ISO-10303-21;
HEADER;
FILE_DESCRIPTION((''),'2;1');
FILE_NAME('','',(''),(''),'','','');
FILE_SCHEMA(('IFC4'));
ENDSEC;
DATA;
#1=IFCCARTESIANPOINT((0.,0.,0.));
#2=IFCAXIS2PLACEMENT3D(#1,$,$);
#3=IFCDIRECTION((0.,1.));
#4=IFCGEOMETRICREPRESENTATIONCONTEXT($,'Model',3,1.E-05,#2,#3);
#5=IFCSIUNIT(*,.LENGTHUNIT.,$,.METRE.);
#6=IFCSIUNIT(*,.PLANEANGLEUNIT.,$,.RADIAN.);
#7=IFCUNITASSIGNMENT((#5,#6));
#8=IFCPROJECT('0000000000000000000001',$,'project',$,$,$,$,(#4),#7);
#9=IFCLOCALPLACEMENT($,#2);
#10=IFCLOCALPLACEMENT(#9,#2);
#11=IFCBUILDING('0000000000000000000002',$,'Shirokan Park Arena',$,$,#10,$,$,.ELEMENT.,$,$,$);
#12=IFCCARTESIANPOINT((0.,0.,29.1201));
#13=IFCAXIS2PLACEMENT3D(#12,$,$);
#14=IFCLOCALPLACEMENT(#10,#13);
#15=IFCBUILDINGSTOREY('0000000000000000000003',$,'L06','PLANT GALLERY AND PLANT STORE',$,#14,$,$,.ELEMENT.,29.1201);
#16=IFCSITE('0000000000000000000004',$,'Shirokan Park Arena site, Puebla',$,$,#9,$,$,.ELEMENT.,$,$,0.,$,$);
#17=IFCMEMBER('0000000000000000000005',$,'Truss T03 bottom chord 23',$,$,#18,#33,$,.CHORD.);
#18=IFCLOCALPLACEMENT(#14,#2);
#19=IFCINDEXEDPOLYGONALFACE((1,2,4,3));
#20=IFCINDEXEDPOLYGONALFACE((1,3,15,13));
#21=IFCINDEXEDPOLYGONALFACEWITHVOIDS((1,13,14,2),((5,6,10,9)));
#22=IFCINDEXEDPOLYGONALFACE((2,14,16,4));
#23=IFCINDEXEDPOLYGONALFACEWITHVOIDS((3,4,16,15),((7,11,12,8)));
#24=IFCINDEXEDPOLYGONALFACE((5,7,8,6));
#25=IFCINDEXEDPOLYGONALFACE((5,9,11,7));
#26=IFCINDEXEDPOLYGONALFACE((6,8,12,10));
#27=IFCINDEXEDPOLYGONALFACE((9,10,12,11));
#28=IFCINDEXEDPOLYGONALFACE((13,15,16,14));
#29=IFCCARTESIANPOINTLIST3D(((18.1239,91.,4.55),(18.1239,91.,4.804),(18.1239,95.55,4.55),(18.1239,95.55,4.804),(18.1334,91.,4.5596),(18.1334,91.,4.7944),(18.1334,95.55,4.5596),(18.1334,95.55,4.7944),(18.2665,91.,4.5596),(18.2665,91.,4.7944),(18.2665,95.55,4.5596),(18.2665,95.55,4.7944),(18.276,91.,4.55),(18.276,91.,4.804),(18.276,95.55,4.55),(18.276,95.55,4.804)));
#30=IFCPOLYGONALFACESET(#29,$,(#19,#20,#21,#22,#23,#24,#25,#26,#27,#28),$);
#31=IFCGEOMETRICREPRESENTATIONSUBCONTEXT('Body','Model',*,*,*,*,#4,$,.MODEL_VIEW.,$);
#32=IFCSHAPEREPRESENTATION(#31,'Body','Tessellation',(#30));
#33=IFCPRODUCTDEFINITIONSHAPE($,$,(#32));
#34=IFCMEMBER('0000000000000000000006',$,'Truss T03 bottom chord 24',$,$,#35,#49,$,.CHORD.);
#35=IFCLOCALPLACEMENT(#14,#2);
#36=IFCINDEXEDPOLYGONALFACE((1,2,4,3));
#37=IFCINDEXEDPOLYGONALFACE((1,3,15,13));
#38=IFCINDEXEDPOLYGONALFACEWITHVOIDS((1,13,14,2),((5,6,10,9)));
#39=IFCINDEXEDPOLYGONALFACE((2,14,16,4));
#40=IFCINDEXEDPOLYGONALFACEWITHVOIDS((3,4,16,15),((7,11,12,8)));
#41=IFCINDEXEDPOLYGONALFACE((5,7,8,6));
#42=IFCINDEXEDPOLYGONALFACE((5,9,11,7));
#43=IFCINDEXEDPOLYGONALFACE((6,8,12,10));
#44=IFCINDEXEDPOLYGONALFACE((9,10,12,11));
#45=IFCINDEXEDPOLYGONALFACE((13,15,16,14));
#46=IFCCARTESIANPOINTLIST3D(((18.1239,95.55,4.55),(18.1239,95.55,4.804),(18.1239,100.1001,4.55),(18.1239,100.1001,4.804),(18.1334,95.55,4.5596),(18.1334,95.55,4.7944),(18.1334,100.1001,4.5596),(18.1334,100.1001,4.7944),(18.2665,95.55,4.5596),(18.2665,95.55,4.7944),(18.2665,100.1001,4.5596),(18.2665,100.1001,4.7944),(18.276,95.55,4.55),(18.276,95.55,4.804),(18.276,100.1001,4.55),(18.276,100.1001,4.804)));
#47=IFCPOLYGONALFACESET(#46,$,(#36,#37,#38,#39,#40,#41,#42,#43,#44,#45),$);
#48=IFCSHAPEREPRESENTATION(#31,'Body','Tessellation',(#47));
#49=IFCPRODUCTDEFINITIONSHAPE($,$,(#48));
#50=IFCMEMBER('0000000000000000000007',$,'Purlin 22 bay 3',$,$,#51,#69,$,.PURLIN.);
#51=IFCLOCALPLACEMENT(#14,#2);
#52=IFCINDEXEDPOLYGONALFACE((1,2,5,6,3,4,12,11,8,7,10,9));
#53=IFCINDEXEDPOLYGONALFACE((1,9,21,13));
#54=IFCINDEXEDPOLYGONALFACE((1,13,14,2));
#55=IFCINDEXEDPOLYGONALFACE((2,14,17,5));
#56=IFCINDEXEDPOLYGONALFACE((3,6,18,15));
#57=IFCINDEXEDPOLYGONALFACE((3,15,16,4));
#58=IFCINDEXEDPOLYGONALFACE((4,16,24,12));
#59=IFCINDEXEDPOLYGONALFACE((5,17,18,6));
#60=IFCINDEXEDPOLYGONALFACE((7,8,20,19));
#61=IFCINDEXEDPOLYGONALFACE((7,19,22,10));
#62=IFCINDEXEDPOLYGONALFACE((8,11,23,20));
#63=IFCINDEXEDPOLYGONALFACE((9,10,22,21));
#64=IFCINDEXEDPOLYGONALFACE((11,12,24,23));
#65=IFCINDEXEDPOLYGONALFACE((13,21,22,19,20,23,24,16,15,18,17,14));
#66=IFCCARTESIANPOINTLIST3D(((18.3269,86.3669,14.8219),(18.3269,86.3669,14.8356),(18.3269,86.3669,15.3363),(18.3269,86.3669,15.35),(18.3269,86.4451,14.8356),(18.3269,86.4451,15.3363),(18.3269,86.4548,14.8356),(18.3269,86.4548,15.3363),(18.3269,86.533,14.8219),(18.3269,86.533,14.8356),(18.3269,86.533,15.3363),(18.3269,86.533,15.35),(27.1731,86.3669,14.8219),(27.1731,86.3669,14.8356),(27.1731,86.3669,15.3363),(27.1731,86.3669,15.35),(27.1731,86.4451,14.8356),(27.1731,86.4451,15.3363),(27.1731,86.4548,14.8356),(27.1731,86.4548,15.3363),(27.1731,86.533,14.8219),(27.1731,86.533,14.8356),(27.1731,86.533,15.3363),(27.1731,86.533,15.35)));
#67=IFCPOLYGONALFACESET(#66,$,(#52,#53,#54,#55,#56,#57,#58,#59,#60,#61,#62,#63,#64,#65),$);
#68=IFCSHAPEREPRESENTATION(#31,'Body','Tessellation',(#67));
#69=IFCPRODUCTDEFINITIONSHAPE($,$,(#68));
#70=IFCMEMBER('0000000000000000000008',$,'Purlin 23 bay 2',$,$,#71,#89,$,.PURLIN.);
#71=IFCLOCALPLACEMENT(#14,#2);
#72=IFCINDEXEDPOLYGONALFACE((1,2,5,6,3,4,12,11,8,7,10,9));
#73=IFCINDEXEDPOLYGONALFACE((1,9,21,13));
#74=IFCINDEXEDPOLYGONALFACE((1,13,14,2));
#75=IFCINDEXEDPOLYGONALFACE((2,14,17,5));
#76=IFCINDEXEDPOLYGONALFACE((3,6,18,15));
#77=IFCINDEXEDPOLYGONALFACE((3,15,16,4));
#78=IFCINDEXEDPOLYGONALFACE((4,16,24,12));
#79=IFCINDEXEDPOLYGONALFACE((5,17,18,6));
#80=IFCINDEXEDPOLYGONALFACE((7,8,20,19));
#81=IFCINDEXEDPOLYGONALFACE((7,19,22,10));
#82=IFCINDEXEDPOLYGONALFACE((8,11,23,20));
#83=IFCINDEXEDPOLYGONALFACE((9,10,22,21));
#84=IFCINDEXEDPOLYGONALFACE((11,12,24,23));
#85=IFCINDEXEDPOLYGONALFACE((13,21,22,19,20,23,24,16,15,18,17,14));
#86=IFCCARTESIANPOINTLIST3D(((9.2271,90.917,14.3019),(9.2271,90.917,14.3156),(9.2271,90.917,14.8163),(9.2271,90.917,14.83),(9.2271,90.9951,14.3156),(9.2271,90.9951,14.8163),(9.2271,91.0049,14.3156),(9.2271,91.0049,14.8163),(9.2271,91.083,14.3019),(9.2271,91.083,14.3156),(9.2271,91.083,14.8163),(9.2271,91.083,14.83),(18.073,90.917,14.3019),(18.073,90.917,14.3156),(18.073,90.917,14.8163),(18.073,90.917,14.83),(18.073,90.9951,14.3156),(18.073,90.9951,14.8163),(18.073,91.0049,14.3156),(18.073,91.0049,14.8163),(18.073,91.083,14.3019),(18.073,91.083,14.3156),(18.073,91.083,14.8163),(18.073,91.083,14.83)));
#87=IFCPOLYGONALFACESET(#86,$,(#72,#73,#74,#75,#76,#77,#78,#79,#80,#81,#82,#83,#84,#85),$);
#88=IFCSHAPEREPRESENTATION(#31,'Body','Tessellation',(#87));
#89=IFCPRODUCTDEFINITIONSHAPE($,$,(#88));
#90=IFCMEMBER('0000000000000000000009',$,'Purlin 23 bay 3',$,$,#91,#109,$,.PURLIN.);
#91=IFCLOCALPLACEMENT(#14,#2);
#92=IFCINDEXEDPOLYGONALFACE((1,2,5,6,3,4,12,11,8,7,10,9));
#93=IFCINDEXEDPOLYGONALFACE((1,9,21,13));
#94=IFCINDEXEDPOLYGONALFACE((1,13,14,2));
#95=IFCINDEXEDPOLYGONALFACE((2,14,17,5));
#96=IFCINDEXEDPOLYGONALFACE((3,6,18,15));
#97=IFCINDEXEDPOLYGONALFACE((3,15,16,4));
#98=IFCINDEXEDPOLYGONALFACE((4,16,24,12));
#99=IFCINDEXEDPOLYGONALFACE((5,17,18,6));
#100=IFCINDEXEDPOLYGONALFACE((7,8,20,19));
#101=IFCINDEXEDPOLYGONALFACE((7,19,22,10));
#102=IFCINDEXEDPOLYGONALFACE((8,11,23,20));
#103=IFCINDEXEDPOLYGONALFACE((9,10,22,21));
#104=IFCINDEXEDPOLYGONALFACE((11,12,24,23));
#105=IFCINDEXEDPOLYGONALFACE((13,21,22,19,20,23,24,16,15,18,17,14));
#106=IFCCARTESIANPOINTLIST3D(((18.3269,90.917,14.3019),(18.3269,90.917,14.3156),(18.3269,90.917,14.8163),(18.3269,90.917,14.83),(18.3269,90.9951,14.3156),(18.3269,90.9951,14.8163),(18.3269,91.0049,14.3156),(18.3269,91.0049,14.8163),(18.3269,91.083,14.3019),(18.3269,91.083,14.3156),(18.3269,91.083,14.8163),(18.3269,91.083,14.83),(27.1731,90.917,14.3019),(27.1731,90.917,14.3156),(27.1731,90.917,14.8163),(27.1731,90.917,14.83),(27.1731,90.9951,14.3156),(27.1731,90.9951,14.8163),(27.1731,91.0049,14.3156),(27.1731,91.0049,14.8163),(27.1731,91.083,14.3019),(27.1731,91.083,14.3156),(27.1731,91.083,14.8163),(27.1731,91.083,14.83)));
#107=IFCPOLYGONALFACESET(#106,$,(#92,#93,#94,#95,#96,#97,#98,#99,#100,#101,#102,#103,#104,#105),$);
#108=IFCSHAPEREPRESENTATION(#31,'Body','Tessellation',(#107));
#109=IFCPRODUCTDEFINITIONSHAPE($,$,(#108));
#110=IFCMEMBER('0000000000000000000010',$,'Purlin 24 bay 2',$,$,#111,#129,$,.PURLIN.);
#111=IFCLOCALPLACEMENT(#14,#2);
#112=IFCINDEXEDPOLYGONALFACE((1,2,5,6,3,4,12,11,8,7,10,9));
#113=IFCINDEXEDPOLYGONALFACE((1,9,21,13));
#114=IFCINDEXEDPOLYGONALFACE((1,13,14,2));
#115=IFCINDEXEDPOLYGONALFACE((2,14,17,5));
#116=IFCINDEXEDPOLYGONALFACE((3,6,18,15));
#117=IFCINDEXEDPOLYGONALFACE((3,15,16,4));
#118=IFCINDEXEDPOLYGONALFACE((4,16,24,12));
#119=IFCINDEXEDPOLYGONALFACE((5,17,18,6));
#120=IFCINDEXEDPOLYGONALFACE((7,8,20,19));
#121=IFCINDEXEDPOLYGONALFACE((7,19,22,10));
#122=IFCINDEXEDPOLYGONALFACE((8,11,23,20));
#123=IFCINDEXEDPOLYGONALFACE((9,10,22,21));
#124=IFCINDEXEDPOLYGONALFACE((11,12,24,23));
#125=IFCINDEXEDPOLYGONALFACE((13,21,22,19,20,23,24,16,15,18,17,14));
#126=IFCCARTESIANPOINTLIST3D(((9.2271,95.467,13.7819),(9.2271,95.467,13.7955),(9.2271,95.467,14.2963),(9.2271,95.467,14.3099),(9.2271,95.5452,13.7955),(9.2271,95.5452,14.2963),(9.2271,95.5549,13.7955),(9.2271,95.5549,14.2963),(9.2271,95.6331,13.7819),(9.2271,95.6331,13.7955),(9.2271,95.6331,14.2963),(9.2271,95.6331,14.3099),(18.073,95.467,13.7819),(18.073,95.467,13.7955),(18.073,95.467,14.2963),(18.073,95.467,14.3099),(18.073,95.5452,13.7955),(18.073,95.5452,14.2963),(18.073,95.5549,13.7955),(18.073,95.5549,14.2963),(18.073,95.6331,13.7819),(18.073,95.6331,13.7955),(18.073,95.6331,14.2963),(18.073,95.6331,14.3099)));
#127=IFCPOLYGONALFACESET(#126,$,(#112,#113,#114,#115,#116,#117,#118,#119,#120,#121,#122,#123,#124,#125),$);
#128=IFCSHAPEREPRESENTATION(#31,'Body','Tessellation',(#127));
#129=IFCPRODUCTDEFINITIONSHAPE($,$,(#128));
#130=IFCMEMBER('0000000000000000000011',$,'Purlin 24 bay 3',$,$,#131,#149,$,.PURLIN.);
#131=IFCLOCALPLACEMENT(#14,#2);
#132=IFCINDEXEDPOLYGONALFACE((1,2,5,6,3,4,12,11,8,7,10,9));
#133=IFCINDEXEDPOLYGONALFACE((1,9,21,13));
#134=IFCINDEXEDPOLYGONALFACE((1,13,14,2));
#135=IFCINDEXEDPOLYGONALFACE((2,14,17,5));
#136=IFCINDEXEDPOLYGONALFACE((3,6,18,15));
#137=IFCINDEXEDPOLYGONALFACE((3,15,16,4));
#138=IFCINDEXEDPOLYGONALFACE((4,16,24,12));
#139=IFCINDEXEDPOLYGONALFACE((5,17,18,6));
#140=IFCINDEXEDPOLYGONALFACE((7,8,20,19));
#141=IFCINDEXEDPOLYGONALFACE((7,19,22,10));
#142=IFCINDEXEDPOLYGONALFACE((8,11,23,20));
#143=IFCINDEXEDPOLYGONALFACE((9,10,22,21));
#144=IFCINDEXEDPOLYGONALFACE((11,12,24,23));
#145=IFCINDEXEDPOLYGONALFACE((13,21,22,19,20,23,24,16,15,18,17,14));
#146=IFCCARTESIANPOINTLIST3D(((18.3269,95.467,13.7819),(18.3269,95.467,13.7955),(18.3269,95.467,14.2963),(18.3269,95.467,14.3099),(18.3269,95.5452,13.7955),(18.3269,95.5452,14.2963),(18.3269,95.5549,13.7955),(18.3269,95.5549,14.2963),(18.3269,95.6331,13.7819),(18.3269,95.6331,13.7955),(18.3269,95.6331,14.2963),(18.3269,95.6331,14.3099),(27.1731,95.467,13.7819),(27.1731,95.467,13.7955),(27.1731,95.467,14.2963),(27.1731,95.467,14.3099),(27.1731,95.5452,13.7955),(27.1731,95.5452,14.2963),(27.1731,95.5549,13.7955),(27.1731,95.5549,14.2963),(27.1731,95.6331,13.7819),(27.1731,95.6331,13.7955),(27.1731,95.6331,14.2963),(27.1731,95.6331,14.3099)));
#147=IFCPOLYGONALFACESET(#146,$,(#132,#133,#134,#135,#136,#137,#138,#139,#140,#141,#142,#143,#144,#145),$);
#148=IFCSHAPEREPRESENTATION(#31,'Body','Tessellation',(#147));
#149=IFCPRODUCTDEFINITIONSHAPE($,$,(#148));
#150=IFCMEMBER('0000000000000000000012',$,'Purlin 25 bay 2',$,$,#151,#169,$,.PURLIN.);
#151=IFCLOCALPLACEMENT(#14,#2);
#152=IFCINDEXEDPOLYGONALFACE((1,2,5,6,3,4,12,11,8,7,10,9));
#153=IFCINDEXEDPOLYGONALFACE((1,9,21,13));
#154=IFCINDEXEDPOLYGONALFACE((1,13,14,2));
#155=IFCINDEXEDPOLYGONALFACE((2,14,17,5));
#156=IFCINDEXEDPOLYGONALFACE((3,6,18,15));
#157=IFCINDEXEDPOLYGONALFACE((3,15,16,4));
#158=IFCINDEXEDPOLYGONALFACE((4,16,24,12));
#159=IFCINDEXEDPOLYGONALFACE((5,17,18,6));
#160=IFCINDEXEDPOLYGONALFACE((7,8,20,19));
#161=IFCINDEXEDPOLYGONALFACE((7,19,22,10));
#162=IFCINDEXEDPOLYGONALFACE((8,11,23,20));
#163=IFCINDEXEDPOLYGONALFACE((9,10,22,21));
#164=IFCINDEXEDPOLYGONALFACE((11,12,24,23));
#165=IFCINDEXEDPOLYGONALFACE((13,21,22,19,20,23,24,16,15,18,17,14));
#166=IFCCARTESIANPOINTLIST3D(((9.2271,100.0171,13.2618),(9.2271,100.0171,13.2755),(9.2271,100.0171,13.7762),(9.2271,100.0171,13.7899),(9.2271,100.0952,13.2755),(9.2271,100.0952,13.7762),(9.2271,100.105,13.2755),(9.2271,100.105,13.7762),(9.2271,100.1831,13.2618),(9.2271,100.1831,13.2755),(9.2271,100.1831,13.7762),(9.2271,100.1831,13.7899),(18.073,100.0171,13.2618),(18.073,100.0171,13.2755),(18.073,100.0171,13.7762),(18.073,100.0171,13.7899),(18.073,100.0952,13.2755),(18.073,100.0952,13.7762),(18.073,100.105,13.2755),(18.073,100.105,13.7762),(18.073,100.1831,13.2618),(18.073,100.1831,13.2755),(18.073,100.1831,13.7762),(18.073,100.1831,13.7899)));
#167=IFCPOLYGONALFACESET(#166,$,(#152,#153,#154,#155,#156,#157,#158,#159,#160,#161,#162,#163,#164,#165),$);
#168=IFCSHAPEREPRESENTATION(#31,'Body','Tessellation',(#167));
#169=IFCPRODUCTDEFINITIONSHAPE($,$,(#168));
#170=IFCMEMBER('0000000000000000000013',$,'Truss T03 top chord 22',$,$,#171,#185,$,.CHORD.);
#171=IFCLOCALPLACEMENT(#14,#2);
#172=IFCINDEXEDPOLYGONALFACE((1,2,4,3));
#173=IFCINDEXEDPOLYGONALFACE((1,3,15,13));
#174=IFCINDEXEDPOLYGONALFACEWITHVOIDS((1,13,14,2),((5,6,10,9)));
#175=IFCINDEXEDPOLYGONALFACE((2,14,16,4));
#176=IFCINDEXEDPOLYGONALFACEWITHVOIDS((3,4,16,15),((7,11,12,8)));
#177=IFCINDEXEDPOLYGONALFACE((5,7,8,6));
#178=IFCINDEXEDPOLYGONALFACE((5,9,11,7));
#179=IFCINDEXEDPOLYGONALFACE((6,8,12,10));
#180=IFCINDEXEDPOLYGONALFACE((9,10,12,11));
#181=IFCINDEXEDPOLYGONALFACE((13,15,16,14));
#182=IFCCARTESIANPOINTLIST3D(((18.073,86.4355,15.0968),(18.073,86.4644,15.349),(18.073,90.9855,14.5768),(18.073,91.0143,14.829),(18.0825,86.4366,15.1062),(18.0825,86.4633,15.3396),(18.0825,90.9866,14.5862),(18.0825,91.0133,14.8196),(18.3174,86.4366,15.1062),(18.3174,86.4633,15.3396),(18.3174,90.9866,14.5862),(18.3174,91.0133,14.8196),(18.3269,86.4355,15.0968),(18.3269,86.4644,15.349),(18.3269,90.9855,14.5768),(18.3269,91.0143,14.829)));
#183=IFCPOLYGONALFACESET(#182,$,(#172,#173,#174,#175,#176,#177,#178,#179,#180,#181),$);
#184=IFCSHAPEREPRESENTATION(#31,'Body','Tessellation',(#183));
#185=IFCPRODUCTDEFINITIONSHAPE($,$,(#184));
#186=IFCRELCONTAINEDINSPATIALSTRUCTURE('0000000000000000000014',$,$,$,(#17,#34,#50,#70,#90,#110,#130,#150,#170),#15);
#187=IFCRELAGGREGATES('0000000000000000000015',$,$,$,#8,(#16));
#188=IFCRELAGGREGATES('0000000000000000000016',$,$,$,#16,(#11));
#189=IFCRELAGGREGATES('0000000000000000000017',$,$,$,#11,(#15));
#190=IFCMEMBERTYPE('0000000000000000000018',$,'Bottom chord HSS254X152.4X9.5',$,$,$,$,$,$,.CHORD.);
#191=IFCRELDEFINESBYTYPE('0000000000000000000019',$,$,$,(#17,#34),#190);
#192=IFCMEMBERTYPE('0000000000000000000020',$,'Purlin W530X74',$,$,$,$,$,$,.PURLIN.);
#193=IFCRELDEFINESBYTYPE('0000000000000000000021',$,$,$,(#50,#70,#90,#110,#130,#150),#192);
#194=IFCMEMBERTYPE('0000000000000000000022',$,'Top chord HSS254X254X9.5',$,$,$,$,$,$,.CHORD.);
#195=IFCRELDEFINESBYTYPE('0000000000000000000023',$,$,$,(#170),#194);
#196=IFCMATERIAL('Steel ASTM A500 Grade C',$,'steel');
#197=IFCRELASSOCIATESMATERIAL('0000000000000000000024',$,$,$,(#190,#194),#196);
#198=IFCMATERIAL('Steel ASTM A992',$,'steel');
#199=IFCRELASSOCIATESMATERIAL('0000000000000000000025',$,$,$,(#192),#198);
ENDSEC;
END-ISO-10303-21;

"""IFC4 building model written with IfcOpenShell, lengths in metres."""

from ifc_helpers import new_model, si_unit, direction, frame, origin, origin_2d, place, context, subcontext, project, spatial, hollow_rectangle, i_section, extrude, material, material_profile, profile_set, type_object, element, save


model = new_model("IFC4")

# Units and contexts
model_context = context("Model", 3, precision=1e-05, world=origin(), true_north=direction((0.0, 1.0)))
body_context = subcontext(model_context, "Body", "Model", "MODEL_VIEW")
ifc_project = project(units=[si_unit("LENGTHUNIT", "METRE"), si_unit("PLANEANGLEUNIT", "RADIAN")], contexts=[model_context])

# Site, building, storey
site_placement = place(None, origin())
site = spatial("IfcSite", under=ifc_project, at=site_placement, Name="Shirokan Park Arena site, Puebla", CompositionType="ELEMENT", RefElevation=0.0)
building_placement = place(site_placement, origin())
building = spatial("IfcBuilding", under=site, at=building_placement, Name="Shirokan Park Arena", CompositionType="ELEMENT")
storey_placement = place(building_placement, frame((0.0, 0.0, 29.1201)))
storey = spatial("IfcBuildingStorey", under=building, at=storey_placement, Name="L06", Description="PLANT GALLERY AND PLANT STORE", CompositionType="ELEMENT", Elevation=29.1201)

# Members
ifc_material_1 = material(Name="Steel ASTM A500 Grade C", Category="steel")
ifc_material_profile_1 = material_profile(ifc_material_1, hollow_rectangle(XDim=0.1521, YDim=0.2539, WallThickness=0.0095, at=origin_2d()), Name="HSS254X152.4X9.5")
ifc_profile_set_1 = profile_set([ifc_material_profile_1], Name="Steel ASTM A500 Grade C")
member_type_1 = type_object("IfcMemberType", Name="Bottom chord HSS254X152.4X9.5", PredefinedType="CHORD", material=ifc_profile_set_1)
for number, where, z_axis, x_axis, name in (
    (1, (18.2, 91.0, 4.677), (0.0, 1.0, 0.0), (-1.0, 0.0, 0.0), "Truss T03 bottom chord 23"),
    (2, (18.2, 95.55, 4.677), (0.0, 1.0, 0.0), (-1.0, 0.0, 0.0), "Truss T03 bottom chord 24"),
):
    element("IfcMember", number, at=place(storey_placement, frame(where, z_axis=z_axis, x_axis=x_axis)), inside=storey, type_object=member_type_1, Name=name, PredefinedType="CHORD", context=body_context, shape_type="SweptSolid", body=[
        extrude(hollow_rectangle(XDim=0.1521, YDim=0.2539, WallThickness=0.0095, at=origin_2d()), origin(), (0.0, 0.0, 1.0), 4.55),
    ])
ifc_material_2 = material(Name="Steel ASTM A992", Category="steel")
ifc_material_profile_2 = material_profile(ifc_material_2, i_section(OverallWidth=0.166, OverallDepth=0.5281, WebThickness=0.0098, FlangeThickness=0.0137, at=origin_2d()), Name="W530X74")
ifc_profile_set_2 = profile_set([ifc_material_profile_2], Name="Steel ASTM A992")
member_type_2 = type_object("IfcMemberType", Name="Purlin W530X74", PredefinedType="PURLIN", material=ifc_profile_set_2)
member_1_placement = place(storey_placement, frame((18.3269, 86.45, 15.0859), z_axis=(1.0, 0.0, 0.0), x_axis=(0.0, 1.0, 0.0)))
element("IfcMember", 3, at=member_1_placement, inside=storey, type_object=member_type_2, Name="Purlin 22 bay 3", PredefinedType="PURLIN", context=body_context, shape_type="SweptSolid", body=[
    extrude(i_section(OverallWidth=0.166, OverallDepth=0.5281, WebThickness=0.0098, FlangeThickness=0.0137, at=origin_2d()), origin(), (0.0, 0.0, 1.0), 8.8462),
])
member_2_placement = place(storey_placement, frame((9.2271, 91.0, 14.5659), z_axis=(1.0, 0.0, 0.0), x_axis=(0.0, 1.0, 0.0)))
element("IfcMember", 4, at=member_2_placement, inside=storey, type_object=member_type_2, Name="Purlin 23 bay 2", PredefinedType="PURLIN", context=body_context, shape_type="SweptSolid", body=[
    extrude(i_section(OverallWidth=0.166, OverallDepth=0.5281, WebThickness=0.0098, FlangeThickness=0.0137, at=origin_2d()), origin(), (0.0, 0.0, 1.0), 8.8459),
])
member_3_placement = place(storey_placement, frame((18.3269, 91.0, 14.5659), z_axis=(1.0, 0.0, 0.0), x_axis=(0.0, 1.0, 0.0)))
element("IfcMember", 5, at=member_3_placement, inside=storey, type_object=member_type_2, Name="Purlin 23 bay 3", PredefinedType="PURLIN", context=body_context, shape_type="SweptSolid", body=[
    extrude(i_section(OverallWidth=0.166, OverallDepth=0.5281, WebThickness=0.0098, FlangeThickness=0.0137, at=origin_2d()), origin(), (0.0, 0.0, 1.0), 8.8462),
])
member_4_placement = place(storey_placement, frame((9.2271, 95.55, 14.0459), z_axis=(1.0, 0.0, 0.0), x_axis=(0.0, 1.0, 0.0)))
element("IfcMember", 6, at=member_4_placement, inside=storey, type_object=member_type_2, Name="Purlin 24 bay 2", PredefinedType="PURLIN", context=body_context, shape_type="SweptSolid", body=[
    extrude(i_section(OverallWidth=0.166, OverallDepth=0.5281, WebThickness=0.0098, FlangeThickness=0.0137, at=origin_2d()), origin(), (0.0, 0.0, 1.0), 8.8459),
])
member_5_placement = place(storey_placement, frame((18.3269, 95.55, 14.0459), z_axis=(1.0, 0.0, 0.0), x_axis=(0.0, 1.0, 0.0)))
element("IfcMember", 7, at=member_5_placement, inside=storey, type_object=member_type_2, Name="Purlin 24 bay 3", PredefinedType="PURLIN", context=body_context, shape_type="SweptSolid", body=[
    extrude(i_section(OverallWidth=0.166, OverallDepth=0.5281, WebThickness=0.0098, FlangeThickness=0.0137, at=origin_2d()), origin(), (0.0, 0.0, 1.0), 8.8462),
])
member_6_placement = place(storey_placement, frame((9.2271, 100.1001, 13.5259), z_axis=(1.0, 0.0, 0.0), x_axis=(0.0, 1.0, 0.0)))
element("IfcMember", 8, at=member_6_placement, inside=storey, type_object=member_type_2, Name="Purlin 25 bay 2", PredefinedType="PURLIN", context=body_context, shape_type="SweptSolid", body=[
    extrude(i_section(OverallWidth=0.166, OverallDepth=0.5281, WebThickness=0.0098, FlangeThickness=0.0137, at=origin_2d()), origin(), (0.0, 0.0, 1.0), 8.8459),
])
ifc_material_profile_3 = material_profile(ifc_material_1, hollow_rectangle(XDim=0.2539, YDim=0.2539, WallThickness=0.0095, at=origin_2d()), Name="HSS254X254X9.5")
ifc_profile_set_3 = profile_set([ifc_material_profile_3], Name="Steel ASTM A500 Grade C")
member_type_3 = type_object("IfcMemberType", Name="Top chord HSS254X254X9.5", PredefinedType="CHORD", material=ifc_profile_set_3)
for number, where, z_axis, x_axis, name in (
    (9, (18.2, 86.45, 15.2229), (0.0, 0.993532, -0.11355), (-1.0, 0.0, 0.0), "Truss T03 top chord 22"),
):
    element("IfcMember", number, at=place(storey_placement, frame(where, z_axis=z_axis, x_axis=x_axis)), inside=storey, type_object=member_type_3, Name=name, PredefinedType="CHORD", context=body_context, shape_type="SweptSolid", body=[
        extrude(hollow_rectangle(XDim=0.2539, YDim=0.2539, WallThickness=0.0095, at=origin_2d()), origin(), (0.0, 0.0, 1.0), 4.5796),
    ])

save(model, "model.ifc")
